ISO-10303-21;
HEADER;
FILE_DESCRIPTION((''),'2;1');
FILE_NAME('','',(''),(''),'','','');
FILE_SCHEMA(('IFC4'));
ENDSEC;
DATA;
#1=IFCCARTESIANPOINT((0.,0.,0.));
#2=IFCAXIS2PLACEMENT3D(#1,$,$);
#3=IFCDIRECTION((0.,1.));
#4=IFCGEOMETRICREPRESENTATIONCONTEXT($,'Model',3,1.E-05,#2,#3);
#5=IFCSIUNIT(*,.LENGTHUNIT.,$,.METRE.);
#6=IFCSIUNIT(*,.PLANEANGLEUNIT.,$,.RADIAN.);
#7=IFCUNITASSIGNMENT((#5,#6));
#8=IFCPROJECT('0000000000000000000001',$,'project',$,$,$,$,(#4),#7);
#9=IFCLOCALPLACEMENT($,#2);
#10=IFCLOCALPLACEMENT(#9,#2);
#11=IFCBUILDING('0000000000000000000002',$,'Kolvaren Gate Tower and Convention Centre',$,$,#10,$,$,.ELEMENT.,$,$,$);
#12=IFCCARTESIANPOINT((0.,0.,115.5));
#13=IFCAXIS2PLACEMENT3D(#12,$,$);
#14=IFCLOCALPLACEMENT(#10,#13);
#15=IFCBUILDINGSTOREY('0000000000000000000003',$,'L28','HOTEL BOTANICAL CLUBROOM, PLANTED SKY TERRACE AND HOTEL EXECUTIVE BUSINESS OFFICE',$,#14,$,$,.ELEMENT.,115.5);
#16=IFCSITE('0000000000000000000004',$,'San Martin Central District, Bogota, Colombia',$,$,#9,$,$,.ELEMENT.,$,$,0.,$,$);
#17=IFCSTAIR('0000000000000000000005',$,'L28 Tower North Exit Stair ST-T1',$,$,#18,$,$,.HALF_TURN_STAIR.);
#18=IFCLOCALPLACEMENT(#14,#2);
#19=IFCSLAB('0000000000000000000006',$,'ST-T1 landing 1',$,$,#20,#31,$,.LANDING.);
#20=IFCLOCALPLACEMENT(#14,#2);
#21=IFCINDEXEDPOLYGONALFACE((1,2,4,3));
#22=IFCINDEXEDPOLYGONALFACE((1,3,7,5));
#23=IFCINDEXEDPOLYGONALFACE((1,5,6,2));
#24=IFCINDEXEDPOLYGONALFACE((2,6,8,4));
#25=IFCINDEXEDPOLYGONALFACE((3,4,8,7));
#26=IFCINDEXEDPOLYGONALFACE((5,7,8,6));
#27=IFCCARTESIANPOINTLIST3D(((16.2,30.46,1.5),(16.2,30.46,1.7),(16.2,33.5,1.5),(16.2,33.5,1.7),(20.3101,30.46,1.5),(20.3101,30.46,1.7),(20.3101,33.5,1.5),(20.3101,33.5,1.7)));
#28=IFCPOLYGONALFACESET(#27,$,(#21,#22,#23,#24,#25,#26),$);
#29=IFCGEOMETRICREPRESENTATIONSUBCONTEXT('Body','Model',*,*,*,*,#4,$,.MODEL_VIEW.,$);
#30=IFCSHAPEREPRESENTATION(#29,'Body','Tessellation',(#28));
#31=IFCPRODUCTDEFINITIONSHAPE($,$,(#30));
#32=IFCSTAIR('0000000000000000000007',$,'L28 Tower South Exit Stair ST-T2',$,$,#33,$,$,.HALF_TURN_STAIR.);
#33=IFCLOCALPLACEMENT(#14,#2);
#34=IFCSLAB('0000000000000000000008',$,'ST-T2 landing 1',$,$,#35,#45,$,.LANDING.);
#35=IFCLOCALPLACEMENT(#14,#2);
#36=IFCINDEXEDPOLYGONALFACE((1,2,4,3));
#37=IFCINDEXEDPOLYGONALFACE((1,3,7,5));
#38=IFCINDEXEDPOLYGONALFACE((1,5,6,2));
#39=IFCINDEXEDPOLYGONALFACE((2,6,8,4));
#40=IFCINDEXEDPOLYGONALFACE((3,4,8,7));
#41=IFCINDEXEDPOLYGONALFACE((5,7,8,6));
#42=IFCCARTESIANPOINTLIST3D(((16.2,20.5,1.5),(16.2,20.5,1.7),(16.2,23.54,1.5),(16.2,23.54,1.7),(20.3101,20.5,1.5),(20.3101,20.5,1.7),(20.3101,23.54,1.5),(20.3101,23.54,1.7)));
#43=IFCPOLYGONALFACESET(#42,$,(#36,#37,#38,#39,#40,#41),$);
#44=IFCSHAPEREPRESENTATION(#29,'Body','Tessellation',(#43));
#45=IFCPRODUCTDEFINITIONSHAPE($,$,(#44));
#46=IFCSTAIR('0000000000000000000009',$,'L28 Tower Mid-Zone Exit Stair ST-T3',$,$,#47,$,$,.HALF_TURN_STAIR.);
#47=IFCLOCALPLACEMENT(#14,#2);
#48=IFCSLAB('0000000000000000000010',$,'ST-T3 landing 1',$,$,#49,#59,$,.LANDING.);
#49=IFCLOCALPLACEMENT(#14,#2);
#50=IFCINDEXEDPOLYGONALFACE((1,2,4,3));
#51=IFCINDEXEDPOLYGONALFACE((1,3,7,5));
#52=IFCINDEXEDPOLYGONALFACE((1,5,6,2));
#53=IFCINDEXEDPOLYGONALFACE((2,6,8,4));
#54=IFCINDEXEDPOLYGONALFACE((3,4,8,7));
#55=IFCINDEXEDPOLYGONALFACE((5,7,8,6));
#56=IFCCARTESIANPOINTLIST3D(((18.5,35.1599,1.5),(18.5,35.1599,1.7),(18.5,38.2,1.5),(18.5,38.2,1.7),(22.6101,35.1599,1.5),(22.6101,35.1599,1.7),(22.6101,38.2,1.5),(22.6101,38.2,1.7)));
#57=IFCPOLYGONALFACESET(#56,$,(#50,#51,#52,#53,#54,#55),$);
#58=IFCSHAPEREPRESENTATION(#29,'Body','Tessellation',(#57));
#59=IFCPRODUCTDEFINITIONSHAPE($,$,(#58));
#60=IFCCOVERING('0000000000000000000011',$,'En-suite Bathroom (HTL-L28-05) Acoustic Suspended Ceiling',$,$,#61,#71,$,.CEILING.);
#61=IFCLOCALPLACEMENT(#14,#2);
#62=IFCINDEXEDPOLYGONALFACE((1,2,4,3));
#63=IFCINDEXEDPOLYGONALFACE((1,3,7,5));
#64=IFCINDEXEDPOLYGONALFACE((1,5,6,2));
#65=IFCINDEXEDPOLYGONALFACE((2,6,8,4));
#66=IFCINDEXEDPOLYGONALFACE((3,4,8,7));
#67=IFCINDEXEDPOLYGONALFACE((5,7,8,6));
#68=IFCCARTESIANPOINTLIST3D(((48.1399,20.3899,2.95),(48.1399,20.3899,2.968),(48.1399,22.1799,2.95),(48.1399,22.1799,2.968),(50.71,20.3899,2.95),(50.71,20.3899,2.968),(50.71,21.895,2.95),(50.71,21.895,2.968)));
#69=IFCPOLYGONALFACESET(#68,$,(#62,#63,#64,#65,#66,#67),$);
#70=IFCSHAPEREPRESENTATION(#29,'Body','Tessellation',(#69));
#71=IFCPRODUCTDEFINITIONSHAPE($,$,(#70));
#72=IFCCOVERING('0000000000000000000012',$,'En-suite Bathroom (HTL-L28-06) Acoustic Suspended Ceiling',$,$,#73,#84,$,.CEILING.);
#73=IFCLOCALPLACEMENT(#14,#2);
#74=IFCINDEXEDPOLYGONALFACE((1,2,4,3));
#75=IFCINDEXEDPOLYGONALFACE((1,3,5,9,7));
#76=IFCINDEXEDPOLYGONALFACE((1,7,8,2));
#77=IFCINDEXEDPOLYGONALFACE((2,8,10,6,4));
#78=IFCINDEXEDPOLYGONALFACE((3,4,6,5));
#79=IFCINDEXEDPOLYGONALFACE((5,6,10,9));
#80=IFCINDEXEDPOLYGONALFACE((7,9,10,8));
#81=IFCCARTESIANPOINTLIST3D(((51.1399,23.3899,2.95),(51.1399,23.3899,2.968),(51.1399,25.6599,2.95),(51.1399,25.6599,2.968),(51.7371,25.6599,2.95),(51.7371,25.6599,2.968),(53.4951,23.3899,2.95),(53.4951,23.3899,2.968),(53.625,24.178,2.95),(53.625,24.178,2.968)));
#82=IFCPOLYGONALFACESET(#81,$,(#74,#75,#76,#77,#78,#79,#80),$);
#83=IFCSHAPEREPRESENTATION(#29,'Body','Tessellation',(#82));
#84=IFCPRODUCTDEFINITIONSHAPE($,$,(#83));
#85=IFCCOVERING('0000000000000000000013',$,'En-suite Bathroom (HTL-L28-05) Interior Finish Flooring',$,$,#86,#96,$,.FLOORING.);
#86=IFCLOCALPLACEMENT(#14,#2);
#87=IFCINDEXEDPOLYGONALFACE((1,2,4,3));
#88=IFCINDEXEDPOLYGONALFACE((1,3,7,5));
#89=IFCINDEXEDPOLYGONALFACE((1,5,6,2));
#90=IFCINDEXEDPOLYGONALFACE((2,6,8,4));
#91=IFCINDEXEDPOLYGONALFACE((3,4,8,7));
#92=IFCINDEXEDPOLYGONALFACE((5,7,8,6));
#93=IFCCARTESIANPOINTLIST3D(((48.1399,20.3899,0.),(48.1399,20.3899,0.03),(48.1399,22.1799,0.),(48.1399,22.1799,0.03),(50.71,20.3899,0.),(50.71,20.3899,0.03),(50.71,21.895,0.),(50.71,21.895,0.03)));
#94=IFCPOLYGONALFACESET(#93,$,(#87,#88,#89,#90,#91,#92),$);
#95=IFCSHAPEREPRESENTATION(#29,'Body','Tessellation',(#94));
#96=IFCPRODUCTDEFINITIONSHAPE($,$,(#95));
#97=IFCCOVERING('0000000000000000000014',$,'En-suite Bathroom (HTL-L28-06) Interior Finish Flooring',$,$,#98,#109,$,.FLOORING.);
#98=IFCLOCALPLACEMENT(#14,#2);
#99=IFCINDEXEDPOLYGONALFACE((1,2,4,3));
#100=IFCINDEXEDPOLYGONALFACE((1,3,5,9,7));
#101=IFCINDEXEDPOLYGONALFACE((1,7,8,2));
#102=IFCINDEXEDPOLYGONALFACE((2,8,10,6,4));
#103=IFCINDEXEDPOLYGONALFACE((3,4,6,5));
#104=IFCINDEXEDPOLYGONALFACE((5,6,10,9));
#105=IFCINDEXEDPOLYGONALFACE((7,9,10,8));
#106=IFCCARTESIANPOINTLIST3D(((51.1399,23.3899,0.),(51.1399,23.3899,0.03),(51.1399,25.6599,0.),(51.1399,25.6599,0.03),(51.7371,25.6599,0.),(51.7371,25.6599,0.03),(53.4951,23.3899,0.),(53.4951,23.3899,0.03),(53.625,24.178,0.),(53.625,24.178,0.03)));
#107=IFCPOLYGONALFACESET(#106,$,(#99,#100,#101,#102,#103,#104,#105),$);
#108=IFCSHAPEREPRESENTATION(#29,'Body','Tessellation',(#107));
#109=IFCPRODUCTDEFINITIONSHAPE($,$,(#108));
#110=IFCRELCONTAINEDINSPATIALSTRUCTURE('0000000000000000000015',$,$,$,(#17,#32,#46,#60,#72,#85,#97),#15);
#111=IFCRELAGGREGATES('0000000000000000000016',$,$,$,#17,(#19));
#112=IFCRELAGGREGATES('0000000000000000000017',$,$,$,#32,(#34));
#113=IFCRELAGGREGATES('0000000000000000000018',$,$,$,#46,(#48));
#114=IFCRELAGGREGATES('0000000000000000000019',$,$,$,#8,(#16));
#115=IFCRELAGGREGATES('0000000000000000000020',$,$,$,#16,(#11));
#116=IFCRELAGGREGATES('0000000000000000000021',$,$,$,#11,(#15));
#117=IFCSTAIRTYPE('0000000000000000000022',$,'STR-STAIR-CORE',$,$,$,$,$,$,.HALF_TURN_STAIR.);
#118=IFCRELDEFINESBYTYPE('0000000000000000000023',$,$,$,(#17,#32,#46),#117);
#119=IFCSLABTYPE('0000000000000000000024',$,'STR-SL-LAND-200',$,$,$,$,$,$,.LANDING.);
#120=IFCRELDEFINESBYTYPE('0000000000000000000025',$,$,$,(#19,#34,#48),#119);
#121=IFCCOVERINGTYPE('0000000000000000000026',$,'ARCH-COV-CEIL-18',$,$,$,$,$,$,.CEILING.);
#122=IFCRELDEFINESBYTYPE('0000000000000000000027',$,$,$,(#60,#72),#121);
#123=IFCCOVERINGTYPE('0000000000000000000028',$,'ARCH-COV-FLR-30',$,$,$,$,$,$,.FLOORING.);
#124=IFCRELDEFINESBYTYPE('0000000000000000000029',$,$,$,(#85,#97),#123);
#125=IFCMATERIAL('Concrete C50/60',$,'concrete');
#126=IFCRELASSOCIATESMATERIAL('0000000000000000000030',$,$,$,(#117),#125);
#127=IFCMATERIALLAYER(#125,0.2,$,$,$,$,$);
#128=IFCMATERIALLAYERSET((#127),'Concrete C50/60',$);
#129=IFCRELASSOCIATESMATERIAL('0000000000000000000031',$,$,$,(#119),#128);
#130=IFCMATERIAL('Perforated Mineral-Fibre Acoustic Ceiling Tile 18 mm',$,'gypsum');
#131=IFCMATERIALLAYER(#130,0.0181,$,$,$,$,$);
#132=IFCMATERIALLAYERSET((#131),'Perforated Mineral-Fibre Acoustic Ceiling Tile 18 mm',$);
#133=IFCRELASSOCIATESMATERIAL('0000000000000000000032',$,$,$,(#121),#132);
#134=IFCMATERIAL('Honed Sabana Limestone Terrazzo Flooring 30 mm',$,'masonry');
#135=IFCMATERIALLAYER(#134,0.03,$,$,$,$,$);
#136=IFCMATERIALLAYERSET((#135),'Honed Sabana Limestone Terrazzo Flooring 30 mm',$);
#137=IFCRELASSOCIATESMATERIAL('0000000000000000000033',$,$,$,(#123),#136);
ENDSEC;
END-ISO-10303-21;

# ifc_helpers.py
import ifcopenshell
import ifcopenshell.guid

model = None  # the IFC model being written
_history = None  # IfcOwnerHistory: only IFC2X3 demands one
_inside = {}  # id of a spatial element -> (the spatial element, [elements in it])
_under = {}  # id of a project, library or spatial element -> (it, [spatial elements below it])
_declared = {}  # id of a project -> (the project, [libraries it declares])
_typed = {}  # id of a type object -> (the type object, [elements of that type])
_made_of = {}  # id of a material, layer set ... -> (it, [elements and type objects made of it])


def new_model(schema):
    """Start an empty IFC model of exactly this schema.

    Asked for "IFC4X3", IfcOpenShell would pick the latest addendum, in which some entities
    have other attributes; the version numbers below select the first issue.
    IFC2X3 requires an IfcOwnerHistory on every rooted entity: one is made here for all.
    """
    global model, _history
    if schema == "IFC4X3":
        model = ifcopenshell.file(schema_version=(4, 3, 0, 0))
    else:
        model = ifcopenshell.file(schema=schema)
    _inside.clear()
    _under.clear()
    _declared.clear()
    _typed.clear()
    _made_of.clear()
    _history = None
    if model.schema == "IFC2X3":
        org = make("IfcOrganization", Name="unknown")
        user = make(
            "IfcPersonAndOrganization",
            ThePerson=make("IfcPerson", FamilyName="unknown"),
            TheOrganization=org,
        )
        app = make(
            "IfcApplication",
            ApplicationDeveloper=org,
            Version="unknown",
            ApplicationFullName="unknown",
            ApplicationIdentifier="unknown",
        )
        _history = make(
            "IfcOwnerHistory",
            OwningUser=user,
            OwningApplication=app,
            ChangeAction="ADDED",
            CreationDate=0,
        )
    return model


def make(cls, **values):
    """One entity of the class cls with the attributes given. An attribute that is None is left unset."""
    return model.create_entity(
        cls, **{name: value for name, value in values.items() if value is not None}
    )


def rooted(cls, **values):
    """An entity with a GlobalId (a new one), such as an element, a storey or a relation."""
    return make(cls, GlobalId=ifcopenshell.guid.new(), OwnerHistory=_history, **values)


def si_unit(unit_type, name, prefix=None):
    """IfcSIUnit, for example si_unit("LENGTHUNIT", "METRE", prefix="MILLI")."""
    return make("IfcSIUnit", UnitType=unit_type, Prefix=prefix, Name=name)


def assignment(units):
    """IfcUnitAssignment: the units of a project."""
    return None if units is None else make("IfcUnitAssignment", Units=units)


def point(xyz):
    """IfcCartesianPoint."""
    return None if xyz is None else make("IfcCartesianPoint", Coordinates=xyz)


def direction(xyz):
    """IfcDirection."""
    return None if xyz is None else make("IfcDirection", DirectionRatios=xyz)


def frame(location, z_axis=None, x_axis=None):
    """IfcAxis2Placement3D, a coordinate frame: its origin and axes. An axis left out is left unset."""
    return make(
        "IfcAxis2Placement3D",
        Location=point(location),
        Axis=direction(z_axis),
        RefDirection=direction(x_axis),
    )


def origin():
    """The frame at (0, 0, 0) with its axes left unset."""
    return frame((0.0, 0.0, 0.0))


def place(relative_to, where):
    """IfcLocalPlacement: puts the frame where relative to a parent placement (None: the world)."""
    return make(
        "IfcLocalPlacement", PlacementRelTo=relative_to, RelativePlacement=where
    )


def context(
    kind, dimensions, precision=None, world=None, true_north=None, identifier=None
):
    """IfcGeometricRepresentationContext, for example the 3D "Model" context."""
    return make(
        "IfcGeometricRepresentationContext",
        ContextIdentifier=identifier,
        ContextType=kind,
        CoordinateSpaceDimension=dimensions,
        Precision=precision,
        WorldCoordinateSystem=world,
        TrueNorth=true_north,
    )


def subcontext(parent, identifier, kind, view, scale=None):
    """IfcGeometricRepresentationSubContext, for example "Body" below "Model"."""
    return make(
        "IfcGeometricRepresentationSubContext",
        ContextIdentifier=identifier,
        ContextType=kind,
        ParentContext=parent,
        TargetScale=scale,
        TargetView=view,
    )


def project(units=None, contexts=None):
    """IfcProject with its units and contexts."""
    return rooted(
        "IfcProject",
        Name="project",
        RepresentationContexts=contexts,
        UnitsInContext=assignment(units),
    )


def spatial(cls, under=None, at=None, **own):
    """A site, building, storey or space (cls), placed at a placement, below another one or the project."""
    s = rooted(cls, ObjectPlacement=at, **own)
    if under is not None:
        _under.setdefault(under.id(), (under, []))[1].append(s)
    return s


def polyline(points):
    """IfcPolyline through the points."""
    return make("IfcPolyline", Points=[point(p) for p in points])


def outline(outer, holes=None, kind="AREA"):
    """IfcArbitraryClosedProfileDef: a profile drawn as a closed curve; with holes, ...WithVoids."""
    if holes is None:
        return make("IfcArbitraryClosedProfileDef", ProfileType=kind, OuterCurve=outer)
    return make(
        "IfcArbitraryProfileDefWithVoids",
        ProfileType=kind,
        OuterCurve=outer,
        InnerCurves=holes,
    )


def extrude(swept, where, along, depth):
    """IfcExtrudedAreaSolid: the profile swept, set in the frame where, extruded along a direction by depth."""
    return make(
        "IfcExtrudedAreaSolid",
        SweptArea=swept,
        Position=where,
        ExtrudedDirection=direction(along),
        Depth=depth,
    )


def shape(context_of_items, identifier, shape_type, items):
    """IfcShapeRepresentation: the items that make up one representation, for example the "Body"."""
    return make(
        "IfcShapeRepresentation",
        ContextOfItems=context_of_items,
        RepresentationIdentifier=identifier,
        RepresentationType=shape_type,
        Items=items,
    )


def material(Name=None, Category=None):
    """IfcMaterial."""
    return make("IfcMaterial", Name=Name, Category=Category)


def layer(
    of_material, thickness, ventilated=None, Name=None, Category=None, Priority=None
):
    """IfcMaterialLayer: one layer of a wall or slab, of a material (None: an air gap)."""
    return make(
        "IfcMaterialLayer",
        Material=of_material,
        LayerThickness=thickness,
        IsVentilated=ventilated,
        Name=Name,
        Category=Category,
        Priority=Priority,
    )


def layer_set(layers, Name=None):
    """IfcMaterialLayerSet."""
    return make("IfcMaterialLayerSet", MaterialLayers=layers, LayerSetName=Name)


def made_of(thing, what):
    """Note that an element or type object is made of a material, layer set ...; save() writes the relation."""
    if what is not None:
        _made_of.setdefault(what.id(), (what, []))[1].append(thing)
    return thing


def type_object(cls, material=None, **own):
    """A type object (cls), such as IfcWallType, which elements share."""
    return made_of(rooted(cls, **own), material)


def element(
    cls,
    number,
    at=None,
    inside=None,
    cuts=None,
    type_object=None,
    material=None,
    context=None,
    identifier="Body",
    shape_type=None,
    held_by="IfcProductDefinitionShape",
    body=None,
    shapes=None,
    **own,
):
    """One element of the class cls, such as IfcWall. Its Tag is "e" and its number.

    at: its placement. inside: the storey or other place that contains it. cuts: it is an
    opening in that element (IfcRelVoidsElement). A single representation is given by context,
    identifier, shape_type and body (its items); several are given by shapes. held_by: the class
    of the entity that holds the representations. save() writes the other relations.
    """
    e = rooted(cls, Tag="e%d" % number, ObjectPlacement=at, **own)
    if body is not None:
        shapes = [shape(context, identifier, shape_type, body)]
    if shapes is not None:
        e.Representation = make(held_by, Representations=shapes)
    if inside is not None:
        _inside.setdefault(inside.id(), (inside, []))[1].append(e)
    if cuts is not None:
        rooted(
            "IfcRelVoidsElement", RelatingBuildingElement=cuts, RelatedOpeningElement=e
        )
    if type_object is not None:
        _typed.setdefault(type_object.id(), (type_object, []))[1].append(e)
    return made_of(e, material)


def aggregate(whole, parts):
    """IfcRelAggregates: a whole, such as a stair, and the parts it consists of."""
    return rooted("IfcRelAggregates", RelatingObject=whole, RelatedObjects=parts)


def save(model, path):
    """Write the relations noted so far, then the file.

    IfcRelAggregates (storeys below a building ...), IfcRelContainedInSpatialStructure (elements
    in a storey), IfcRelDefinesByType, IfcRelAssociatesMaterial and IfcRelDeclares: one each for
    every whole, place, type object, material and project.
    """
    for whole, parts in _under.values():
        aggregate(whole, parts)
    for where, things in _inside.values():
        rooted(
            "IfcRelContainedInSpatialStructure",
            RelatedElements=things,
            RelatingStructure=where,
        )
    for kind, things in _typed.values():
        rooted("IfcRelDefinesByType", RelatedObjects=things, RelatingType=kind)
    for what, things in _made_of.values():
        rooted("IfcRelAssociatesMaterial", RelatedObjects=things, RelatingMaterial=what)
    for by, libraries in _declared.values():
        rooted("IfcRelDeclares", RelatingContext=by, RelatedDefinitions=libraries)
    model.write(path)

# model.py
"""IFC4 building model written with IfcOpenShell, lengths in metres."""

from ifc_helpers import new_model, si_unit, direction, frame, origin, place, context, subcontext, project, spatial, polyline, outline, extrude, material, layer, layer_set, type_object, element, aggregate, save


model = new_model("IFC4")

# Units and contexts
model_context = context("Model", 3, precision=1e-05, world=origin(), true_north=direction((0.0, 1.0)))
body_context = subcontext(model_context, "Body", "Model", "MODEL_VIEW")
ifc_project = project(units=[si_unit("LENGTHUNIT", "METRE"), si_unit("PLANEANGLEUNIT", "RADIAN")], contexts=[model_context])

# Site, building, storey
site_placement = place(None, origin())
site = spatial("IfcSite", under=ifc_project, at=site_placement, Name="San Martin Central District, Bogota, Colombia", CompositionType="ELEMENT", RefElevation=0.0)
building_placement = place(site_placement, origin())
building = spatial("IfcBuilding", under=site, at=building_placement, Name="Kolvaren Gate Tower and Convention Centre", CompositionType="ELEMENT")
storey_placement = place(building_placement, frame((0.0, 0.0, 115.5)))
storey = spatial("IfcBuildingStorey", under=building, at=storey_placement, Name="L28", Description="HOTEL BOTANICAL CLUBROOM, PLANTED SKY TERRACE AND HOTEL EXECUTIVE BUSINESS OFFICE", CompositionType="ELEMENT", Elevation=115.5)

# Shared definitions
ifc_material_1 = material(Name="Concrete C50/60", Category="concrete")

# Stairs, slabs
stair_type = type_object("IfcStairType", Name="STR-STAIR-CORE", PredefinedType="HALF_TURN_STAIR", material=ifc_material_1)
stair_1_placement = place(storey_placement, origin())
stair_1 = element("IfcStair", 1, at=stair_1_placement, inside=storey, type_object=stair_type, Name="L28 Tower North Exit Stair ST-T1", PredefinedType="HALF_TURN_STAIR")
ifc_layer_1 = layer(ifc_material_1, 0.2)
ifc_layer_set_1 = layer_set([ifc_layer_1], Name="Concrete C50/60")
slab_type_1 = type_object("IfcSlabType", Name="STR-SL-LAND-200", PredefinedType="LANDING", material=ifc_layer_set_1)
slab_1_placement = place(storey_placement, frame((0.0, 0.0, 1.5)))
slab_1 = element("IfcSlab", 2, at=slab_1_placement, type_object=slab_type_1, Name="ST-T1 landing 1", PredefinedType="LANDING", context=body_context, shape_type="SweptSolid", body=[
    extrude(outline(polyline([(20.3101, 33.5), (16.2, 33.5), (16.2, 30.46), (20.3101, 30.46), (20.3101, 33.5)])), origin(), (0.0, 0.0, 1.0), 0.2),
])
aggregate(stair_1, [slab_1])
stair_2_placement = place(storey_placement, origin())
stair_2 = element("IfcStair", 3, at=stair_2_placement, inside=storey, type_object=stair_type, Name="L28 Tower South Exit Stair ST-T2", PredefinedType="HALF_TURN_STAIR")
slab_2_placement = place(storey_placement, frame((0.0, 0.0, 1.5)))
slab_2 = element("IfcSlab", 4, at=slab_2_placement, type_object=slab_type_1, Name="ST-T2 landing 1", PredefinedType="LANDING", context=body_context, shape_type="SweptSolid", body=[
    extrude(outline(polyline([(20.3101, 23.54), (16.2, 23.54), (16.2, 20.5), (20.3101, 20.5), (20.3101, 23.54)])), origin(), (0.0, 0.0, 1.0), 0.2),
])
aggregate(stair_2, [slab_2])
stair_3_placement = place(storey_placement, origin())
stair_3 = element("IfcStair", 5, at=stair_3_placement, inside=storey, type_object=stair_type, Name="L28 Tower Mid-Zone Exit Stair ST-T3", PredefinedType="HALF_TURN_STAIR")
slab_3_placement = place(storey_placement, frame((0.0, 0.0, 1.5)))
slab_3 = element("IfcSlab", 6, at=slab_3_placement, type_object=slab_type_1, Name="ST-T3 landing 1", PredefinedType="LANDING", context=body_context, shape_type="SweptSolid", body=[
    extrude(outline(polyline([(22.6101, 38.2), (18.5, 38.2), (18.5, 35.1599), (22.6101, 35.1599), (22.6101, 38.2)])), origin(), (0.0, 0.0, 1.0), 0.2),
])
aggregate(stair_3, [slab_3])

# Coverings
ifc_material_2 = material(Name="Perforated Mineral-Fibre Acoustic Ceiling Tile 18 mm", Category="gypsum")
ifc_layer_2 = layer(ifc_material_2, 0.0181)
ifc_layer_set_2 = layer_set([ifc_layer_2], Name="Perforated Mineral-Fibre Acoustic Ceiling Tile 18 mm")
covering_type_1 = type_object("IfcCoveringType", Name="ARCH-COV-CEIL-18", PredefinedType="CEILING", material=ifc_layer_set_2)
covering_1_placement = place(storey_placement, frame((0.0, 0.0, 2.95)))
element("IfcCovering", 7, at=covering_1_placement, inside=storey, type_object=covering_type_1, Name="En-suite Bathroom (HTL-L28-05) Acoustic Suspended Ceiling", PredefinedType="CEILING", context=body_context, shape_type="SweptSolid", body=[
    extrude(outline(polyline([(50.71, 20.3899), (48.1399, 20.3899), (48.1399, 22.1799), (50.71, 21.895), (50.71, 20.3899)])), origin(), (0.0, 0.0, 1.0), 0.0181),
])
covering_2_placement = place(storey_placement, frame((0.0, 0.0, 2.95)))
element("IfcCovering", 8, at=covering_2_placement, inside=storey, type_object=covering_type_1, Name="En-suite Bathroom (HTL-L28-06) Acoustic Suspended Ceiling", PredefinedType="CEILING", context=body_context, shape_type="SweptSolid", body=[
    extrude(outline(polyline([(51.1399, 23.3899), (51.1399, 25.6599), (51.7371, 25.6599), (53.625, 24.178), (53.4951, 23.3899), (51.1399, 23.3899)])), origin(), (0.0, 0.0, 1.0), 0.0181),
])
ifc_material_3 = material(Name="Honed Sabana Limestone Terrazzo Flooring 30 mm", Category="masonry")
ifc_layer_3 = layer(ifc_material_3, 0.03)
ifc_layer_set_3 = layer_set([ifc_layer_3], Name="Honed Sabana Limestone Terrazzo Flooring 30 mm")
covering_type_2 = type_object("IfcCoveringType", Name="ARCH-COV-FLR-30", PredefinedType="FLOORING", material=ifc_layer_set_3)
covering_3_placement = place(storey_placement, origin())
element("IfcCovering", 9, at=covering_3_placement, inside=storey, type_object=covering_type_2, Name="En-suite Bathroom (HTL-L28-05) Interior Finish Flooring", PredefinedType="FLOORING", context=body_context, shape_type="SweptSolid", body=[
    extrude(outline(polyline([(50.71, 20.3899), (48.1399, 20.3899), (48.1399, 22.1799), (50.71, 21.895), (50.71, 20.3899)])), origin(), (0.0, 0.0, 1.0), 0.03),
])
covering_4_placement = place(storey_placement, origin())
element("IfcCovering", 10, at=covering_4_placement, inside=storey, type_object=covering_type_2, Name="En-suite Bathroom (HTL-L28-06) Interior Finish Flooring", PredefinedType="FLOORING", context=body_context, shape_type="SweptSolid", body=[
    extrude(outline(polyline([(51.1399, 23.3899), (51.1399, 25.6599), (51.7371, 25.6599), (53.625, 24.178), (53.4951, 23.3899), (51.1399, 23.3899)])), origin(), (0.0, 0.0, 1.0), 0.03),
])

save(model, "model.ifc")
